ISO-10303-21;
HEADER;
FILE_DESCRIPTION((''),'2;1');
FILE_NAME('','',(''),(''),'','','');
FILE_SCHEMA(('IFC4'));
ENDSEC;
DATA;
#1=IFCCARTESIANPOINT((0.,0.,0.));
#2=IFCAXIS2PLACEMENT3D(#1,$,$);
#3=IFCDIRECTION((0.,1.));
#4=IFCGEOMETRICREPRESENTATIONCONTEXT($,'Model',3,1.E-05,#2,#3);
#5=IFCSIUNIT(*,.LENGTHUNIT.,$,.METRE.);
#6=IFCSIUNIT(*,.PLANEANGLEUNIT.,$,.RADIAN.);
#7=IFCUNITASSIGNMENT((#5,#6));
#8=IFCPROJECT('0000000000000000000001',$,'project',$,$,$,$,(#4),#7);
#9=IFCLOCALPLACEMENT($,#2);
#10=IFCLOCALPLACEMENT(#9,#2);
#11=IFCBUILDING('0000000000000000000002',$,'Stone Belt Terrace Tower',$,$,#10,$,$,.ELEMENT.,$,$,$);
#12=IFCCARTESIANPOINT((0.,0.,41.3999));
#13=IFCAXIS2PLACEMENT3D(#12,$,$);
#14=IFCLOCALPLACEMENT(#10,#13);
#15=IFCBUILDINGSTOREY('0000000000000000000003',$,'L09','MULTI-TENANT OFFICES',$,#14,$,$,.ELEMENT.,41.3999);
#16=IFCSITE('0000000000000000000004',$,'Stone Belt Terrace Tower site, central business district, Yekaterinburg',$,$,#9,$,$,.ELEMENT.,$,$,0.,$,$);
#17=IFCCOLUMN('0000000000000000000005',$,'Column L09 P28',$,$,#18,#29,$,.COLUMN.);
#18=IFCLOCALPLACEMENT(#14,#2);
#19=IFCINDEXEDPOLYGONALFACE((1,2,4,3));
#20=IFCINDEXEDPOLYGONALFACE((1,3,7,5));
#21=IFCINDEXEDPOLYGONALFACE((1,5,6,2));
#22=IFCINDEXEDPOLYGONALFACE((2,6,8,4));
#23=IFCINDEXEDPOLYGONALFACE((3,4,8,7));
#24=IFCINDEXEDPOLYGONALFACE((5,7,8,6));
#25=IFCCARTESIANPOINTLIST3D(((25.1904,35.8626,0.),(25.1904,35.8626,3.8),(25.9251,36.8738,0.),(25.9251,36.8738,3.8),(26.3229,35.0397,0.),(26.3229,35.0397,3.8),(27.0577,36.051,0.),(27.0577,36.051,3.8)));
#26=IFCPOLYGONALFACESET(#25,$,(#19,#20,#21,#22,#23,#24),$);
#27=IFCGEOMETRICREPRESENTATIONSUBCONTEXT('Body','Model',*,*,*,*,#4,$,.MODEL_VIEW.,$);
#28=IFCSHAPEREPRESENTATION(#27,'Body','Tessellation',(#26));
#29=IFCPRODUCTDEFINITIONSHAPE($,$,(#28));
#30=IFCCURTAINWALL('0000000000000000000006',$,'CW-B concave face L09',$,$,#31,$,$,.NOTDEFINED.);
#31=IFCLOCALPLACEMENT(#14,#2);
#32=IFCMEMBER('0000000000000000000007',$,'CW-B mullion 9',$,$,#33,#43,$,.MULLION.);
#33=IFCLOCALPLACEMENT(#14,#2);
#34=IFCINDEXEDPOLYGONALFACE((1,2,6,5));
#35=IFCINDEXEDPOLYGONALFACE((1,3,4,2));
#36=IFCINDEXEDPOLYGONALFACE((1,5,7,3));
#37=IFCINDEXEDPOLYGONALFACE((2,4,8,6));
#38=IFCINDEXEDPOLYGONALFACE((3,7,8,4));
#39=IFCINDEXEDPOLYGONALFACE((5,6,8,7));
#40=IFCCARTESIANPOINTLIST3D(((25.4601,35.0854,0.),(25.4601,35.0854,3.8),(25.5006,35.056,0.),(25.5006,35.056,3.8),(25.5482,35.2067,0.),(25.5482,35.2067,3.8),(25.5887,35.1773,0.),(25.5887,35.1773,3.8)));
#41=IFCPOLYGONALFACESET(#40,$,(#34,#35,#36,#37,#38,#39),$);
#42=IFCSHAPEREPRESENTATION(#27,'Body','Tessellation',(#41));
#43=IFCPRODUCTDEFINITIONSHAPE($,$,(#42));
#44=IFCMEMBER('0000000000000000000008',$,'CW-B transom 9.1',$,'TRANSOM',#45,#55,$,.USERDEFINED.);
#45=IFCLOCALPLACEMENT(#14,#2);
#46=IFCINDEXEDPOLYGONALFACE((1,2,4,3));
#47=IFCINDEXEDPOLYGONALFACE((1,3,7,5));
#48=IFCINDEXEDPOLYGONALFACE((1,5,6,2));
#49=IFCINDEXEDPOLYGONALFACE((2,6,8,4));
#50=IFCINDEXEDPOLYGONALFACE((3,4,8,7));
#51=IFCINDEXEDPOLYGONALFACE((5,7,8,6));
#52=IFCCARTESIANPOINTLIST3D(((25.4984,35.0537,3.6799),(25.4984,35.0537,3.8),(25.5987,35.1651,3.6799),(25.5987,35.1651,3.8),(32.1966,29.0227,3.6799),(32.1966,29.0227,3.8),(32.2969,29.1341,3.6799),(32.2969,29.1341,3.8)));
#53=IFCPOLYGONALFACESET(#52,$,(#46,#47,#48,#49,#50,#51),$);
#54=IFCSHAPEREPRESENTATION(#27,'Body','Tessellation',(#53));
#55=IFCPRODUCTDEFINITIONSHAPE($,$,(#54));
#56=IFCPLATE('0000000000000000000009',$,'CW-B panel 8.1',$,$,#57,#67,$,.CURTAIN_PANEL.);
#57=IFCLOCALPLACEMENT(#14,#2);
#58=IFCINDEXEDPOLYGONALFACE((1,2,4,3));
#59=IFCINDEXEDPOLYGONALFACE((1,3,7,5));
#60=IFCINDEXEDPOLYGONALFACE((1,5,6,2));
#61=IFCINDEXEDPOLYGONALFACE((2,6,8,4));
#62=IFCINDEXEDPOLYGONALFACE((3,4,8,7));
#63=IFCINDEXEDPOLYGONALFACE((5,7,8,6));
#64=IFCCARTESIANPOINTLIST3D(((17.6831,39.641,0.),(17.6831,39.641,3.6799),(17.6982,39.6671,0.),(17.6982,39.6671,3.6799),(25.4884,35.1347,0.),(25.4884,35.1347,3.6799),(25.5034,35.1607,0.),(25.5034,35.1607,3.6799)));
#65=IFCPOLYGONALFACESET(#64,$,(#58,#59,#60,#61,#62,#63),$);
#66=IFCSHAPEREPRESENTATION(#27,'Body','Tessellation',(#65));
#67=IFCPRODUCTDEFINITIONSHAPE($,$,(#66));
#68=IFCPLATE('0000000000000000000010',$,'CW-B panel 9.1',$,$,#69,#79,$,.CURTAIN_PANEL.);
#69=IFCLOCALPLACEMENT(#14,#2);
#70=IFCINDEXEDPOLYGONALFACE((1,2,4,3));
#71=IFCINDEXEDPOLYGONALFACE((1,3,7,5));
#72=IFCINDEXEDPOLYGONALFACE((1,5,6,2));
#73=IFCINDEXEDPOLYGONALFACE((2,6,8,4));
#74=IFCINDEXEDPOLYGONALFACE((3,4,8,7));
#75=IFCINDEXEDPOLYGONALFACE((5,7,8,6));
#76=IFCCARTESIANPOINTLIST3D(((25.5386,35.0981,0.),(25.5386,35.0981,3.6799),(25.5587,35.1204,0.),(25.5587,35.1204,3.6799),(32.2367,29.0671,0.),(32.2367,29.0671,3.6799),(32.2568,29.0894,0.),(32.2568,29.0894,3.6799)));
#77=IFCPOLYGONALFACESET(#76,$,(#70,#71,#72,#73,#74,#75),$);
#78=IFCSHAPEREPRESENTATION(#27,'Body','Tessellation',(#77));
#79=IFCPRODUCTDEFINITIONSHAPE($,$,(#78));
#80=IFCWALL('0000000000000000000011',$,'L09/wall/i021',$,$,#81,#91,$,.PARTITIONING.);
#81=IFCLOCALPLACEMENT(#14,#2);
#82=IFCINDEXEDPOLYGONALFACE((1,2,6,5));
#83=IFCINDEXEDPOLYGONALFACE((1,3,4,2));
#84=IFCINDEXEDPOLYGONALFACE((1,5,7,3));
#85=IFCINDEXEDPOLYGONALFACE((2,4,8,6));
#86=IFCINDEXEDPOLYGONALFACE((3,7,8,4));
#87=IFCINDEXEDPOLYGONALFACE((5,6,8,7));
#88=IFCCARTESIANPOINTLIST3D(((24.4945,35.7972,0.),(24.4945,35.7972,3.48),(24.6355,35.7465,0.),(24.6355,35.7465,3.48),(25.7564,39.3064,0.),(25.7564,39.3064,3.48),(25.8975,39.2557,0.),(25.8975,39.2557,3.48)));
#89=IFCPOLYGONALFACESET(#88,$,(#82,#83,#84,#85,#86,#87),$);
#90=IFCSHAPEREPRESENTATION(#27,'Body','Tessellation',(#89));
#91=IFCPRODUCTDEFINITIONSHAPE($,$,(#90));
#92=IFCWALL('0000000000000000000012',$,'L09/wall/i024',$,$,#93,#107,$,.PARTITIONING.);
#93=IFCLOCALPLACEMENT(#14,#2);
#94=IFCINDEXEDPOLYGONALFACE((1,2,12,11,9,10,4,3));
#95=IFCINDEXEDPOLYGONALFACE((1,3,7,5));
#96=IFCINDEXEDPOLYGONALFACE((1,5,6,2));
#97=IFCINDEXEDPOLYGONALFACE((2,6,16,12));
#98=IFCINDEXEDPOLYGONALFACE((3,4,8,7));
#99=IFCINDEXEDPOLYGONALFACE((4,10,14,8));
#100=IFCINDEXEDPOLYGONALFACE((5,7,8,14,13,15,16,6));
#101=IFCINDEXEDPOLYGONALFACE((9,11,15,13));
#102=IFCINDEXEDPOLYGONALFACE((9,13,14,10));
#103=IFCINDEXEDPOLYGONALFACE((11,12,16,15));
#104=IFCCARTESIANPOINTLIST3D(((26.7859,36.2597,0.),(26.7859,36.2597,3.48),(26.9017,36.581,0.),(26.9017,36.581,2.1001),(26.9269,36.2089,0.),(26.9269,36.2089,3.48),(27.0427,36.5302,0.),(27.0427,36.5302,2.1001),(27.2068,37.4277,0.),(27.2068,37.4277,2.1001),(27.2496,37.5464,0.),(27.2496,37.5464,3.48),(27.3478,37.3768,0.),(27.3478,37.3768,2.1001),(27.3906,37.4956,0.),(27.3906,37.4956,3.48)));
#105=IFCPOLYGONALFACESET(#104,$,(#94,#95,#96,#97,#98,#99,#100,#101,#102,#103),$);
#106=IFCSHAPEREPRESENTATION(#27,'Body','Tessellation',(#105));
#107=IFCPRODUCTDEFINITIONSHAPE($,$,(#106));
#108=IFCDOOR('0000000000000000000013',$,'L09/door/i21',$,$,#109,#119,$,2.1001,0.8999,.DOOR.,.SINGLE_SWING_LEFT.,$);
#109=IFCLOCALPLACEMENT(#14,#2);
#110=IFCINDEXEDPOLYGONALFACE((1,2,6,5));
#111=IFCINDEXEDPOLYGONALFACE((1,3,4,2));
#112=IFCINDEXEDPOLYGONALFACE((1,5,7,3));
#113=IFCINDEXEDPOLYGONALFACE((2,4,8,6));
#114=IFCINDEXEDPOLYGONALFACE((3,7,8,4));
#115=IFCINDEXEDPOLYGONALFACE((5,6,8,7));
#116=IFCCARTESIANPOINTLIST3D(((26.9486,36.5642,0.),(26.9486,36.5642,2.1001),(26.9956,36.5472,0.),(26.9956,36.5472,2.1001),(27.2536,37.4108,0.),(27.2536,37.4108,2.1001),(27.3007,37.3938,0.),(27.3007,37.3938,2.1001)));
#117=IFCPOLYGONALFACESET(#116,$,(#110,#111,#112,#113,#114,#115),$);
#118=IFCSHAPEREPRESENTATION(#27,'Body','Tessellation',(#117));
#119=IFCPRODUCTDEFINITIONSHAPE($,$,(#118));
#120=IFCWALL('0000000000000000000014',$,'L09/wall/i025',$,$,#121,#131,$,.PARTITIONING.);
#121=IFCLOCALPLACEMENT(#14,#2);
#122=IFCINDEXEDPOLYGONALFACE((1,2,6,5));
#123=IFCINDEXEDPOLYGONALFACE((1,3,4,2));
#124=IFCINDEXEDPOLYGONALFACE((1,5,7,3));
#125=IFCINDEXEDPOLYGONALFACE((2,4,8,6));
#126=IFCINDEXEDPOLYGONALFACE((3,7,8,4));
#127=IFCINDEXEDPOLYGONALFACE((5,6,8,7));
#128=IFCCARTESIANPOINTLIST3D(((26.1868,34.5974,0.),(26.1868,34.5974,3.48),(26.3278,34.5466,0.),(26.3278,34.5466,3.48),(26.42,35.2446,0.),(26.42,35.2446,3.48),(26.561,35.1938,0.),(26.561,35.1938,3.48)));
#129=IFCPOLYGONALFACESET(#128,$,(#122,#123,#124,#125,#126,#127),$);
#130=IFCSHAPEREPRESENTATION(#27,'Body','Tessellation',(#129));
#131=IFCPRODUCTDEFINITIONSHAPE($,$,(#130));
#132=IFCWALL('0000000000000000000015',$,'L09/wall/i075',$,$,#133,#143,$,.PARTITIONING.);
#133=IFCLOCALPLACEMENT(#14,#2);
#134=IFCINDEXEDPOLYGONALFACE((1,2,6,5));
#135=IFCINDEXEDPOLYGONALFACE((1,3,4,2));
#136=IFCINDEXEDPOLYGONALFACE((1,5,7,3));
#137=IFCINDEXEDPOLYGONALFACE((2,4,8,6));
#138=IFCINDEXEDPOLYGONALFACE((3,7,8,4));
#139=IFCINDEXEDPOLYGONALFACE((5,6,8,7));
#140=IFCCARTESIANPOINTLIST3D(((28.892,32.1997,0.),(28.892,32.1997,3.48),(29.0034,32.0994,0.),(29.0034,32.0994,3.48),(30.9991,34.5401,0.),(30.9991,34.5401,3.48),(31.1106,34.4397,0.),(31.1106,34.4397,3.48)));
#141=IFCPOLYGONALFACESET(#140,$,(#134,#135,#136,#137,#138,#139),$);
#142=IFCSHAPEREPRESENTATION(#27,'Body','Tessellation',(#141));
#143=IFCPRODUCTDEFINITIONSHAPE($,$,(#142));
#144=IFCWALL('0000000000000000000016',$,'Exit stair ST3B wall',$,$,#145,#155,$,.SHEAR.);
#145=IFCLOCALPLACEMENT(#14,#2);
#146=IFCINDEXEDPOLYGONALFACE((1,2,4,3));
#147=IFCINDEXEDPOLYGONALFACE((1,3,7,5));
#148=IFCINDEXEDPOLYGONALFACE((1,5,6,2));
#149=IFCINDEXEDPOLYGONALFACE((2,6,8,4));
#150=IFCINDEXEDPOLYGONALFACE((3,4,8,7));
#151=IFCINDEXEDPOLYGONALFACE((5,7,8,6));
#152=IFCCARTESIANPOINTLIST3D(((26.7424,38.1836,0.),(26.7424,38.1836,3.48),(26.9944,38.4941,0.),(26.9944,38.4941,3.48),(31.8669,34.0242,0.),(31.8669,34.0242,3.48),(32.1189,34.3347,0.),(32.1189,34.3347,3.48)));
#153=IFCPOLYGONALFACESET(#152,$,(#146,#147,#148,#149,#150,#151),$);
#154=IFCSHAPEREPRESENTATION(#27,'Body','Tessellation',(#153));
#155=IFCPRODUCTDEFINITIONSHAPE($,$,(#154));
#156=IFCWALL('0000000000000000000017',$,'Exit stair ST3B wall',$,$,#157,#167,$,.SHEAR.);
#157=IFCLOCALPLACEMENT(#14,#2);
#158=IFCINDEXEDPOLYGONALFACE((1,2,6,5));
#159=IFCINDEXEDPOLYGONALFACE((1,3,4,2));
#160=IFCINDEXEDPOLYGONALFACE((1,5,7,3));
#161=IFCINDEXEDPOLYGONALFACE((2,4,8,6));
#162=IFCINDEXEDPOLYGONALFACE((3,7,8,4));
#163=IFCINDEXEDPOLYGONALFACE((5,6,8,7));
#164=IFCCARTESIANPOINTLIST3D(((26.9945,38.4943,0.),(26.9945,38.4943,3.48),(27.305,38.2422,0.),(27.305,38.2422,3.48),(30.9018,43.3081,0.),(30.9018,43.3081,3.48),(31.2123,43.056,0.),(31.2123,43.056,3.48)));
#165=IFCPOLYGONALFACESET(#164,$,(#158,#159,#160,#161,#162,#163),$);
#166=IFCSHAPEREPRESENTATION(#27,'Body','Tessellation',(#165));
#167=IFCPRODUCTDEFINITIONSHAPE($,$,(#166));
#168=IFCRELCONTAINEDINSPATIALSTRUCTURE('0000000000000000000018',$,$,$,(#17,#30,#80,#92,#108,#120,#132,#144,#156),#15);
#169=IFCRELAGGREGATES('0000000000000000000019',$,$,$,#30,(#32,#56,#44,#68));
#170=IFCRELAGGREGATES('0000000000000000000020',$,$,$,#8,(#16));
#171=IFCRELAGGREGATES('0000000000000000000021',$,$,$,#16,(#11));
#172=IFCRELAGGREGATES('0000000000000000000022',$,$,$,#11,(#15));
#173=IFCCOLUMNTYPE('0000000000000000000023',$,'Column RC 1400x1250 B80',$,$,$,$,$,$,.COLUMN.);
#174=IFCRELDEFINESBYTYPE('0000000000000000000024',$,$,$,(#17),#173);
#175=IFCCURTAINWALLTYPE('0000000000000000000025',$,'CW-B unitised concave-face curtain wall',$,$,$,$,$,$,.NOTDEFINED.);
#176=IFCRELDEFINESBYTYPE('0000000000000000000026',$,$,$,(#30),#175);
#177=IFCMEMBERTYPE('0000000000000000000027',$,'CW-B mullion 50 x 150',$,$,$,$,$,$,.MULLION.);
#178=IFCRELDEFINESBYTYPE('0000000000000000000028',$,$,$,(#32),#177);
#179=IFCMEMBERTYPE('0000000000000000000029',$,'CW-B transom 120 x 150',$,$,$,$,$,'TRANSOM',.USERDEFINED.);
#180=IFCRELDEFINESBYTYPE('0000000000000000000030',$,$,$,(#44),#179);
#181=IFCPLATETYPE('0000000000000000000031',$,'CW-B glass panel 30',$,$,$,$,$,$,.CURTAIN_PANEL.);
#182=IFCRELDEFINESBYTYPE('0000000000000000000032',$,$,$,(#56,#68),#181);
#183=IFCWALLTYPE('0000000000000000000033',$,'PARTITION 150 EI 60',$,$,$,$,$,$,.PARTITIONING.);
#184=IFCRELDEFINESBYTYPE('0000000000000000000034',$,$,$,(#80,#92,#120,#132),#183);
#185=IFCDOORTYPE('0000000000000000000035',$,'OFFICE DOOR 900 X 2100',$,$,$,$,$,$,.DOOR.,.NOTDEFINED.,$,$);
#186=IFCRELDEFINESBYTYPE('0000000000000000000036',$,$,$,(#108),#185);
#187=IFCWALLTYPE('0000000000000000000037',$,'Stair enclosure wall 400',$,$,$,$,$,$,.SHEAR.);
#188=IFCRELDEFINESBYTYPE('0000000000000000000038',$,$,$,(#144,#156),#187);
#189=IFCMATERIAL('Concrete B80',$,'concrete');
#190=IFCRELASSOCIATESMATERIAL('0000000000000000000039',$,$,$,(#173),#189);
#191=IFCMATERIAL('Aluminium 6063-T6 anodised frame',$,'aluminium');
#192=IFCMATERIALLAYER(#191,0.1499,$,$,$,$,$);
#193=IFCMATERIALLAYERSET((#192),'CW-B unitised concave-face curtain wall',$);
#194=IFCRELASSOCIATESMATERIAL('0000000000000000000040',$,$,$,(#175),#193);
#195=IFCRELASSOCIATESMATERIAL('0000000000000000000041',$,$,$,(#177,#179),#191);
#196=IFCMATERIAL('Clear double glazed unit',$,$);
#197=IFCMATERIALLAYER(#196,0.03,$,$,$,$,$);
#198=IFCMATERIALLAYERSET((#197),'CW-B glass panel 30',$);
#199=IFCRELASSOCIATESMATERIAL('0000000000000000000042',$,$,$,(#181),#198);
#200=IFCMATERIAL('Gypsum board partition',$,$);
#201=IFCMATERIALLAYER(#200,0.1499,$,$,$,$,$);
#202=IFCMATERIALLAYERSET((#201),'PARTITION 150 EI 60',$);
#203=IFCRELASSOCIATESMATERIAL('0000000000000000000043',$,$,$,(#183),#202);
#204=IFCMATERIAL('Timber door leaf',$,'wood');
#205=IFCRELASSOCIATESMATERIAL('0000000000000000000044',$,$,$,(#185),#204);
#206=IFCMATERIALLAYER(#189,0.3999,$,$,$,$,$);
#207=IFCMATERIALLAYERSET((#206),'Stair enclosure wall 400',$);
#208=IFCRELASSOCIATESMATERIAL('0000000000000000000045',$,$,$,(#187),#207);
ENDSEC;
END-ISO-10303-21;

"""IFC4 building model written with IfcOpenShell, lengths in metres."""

from ifc_helpers import new_model, si_unit, direction, frame, frame_2d, origin, origin_2d, place, context, subcontext, project, spatial, rectangle, extrude, material, layer, layer_set, material_profile, profile_set, type_object, element, fill, aggregate, save


model = new_model("IFC4")

# Units and contexts
model_context = context("Model", 3, precision=1e-05, world=origin(), true_north=direction((0.0, 1.0)))
body_context = subcontext(model_context, "Body", "Model", "MODEL_VIEW")
ifc_project = project(units=[si_unit("LENGTHUNIT", "METRE"), si_unit("PLANEANGLEUNIT", "RADIAN")], contexts=[model_context])

# Site, building, storey
site_placement = place(None, origin())
site = spatial("IfcSite", under=ifc_project, at=site_placement, Name="Stone Belt Terrace Tower site, central business district, Yekaterinburg", CompositionType="ELEMENT", RefElevation=0.0)
building_placement = place(site_placement, origin())
building = spatial("IfcBuilding", under=site, at=building_placement, Name="Stone Belt Terrace Tower", CompositionType="ELEMENT")
storey_placement = place(building_placement, frame((0.0, 0.0, 41.3999)))
storey = spatial("IfcBuildingStorey", under=building, at=storey_placement, Name="L09", Description="MULTI-TENANT OFFICES", CompositionType="ELEMENT", Elevation=41.3999)

# Column
ifc_material_1 = material(Name="Concrete B80", Category="concrete")
ifc_material_profile_1 = material_profile(ifc_material_1, rectangle(XDim=1.3999, YDim=1.25, at=origin_2d()), Name="RC 1400x1250")
ifc_profile_set_1 = profile_set([ifc_material_profile_1], Name="Concrete B80")
column_type = type_object("IfcColumnType", Name="Column RC 1400x1250 B80", PredefinedType="COLUMN", material=ifc_profile_set_1)
column_placement = place(storey_placement, frame((26.124, 35.9568, 0.0), z_axis=(0.0, 0.0, 1.0), x_axis=(0.809017, -0.587785, 0.0)))
element("IfcColumn", 1, at=column_placement, inside=storey, type_object=column_type, Name="Column L09 P28", PredefinedType="COLUMN", context=body_context, shape_type="SweptSolid", body=[
    extrude(rectangle(XDim=1.3999, YDim=1.25, at=origin_2d()), origin(), (0.0, 0.0, 1.0), 3.8),
])

# Curtain wall, members, plates
ifc_material_2 = material(Name="Aluminium 6063-T6 anodised frame", Category="aluminium")
ifc_layer_1 = layer(ifc_material_2, 0.1499)
ifc_layer_set_1 = layer_set([ifc_layer_1], Name="CW-B unitised concave-face curtain wall")
curtain_wall_type = type_object("IfcCurtainWallType", Name="CW-B unitised concave-face curtain wall", PredefinedType="NOTDEFINED", material=ifc_layer_set_1)
curtain_wall_placement = place(storey_placement, origin())
curtain_wall = element("IfcCurtainWall", 2, at=curtain_wall_placement, inside=storey, type_object=curtain_wall_type, Name="CW-B concave face L09", PredefinedType="NOTDEFINED")
ifc_material_profile_2 = material_profile(ifc_material_2, rectangle(XDim=0.1499, YDim=0.05, at=origin_2d()), Name="Aluminium 6063-T6 50x150")
ifc_profile_set_2 = profile_set([ifc_material_profile_2], Name="Aluminium 6063-T6 anodised frame")
member_type_1 = type_object("IfcMemberType", Name="CW-B mullion 50 x 150", PredefinedType="MULLION", material=ifc_profile_set_2)
member_1_placement = place(storey_placement, frame((25.5244, 35.1313, 0.0), z_axis=(0.0, 0.0, 1.0), x_axis=(0.587785, 0.809017, 0.0)))
member_1 = element("IfcMember", 3, at=member_1_placement, type_object=member_type_1, Name="CW-B mullion 9", PredefinedType="MULLION", context=body_context, shape_type="SweptSolid", body=[
    extrude(rectangle(XDim=0.1499, YDim=0.05, at=origin_2d()), origin(), (0.0, 0.0, 1.0), 3.8),
])
ifc_material_profile_3 = material_profile(ifc_material_2, rectangle(XDim=0.1499, YDim=0.1201, at=origin_2d()), Name="Aluminium 6063-T6 150x120")
ifc_profile_set_3 = profile_set([ifc_material_profile_3], Name="Aluminium 6063-T6 anodised frame")
member_type_2 = type_object("IfcMemberType", Name="CW-B transom 120 x 150", ElementType="TRANSOM", PredefinedType="USERDEFINED", material=ifc_profile_set_3)
member_2_placement = place(storey_placement, frame((25.5486, 35.1094, 3.74), z_axis=(0.743151, -0.669123, 0.0), x_axis=(0.669123, 0.743151, 0.0)))
member_2 = element("IfcMember", 4, at=member_2_placement, type_object=member_type_2, Name="CW-B transom 9.1", ObjectType="TRANSOM", PredefinedType="USERDEFINED", context=body_context, shape_type="SweptSolid", body=[
    extrude(rectangle(XDim=0.1499, YDim=0.1201, at=origin_2d()), origin(), (0.0, 0.0, 1.0), 9.0132),
])
ifc_material_3 = material(Name="Clear double glazed unit")
ifc_layer_2 = layer(ifc_material_3, 0.03)
ifc_layer_set_2 = layer_set([ifc_layer_2], Name="CW-B glass panel 30")
plate_type = type_object("IfcPlateType", Name="CW-B glass panel 30", PredefinedType="CURTAIN_PANEL", material=ifc_layer_set_2)
plate_1_placement = place(storey_placement, frame((21.5933, 37.4009, 0.0), z_axis=(0.0, 0.0, 1.0), x_axis=(0.866025, -0.5, 0.0)))
plate_1 = element("IfcPlate", 5, at=plate_1_placement, type_object=plate_type, Name="CW-B panel 8.1", PredefinedType="CURTAIN_PANEL", context=body_context, shape_type="SweptSolid", body=[
    extrude(rectangle(XDim=9.0127, YDim=0.03, at=origin_2d()), origin(), (0.0, 0.0, 1.0), 3.6799),
])
plate_2_placement = place(storey_placement, frame((28.8977, 32.0938, 0.0), z_axis=(0.0, 0.0, 1.0), x_axis=(0.743145, -0.669131, 0.0)))
plate_2 = element("IfcPlate", 6, at=plate_2_placement, type_object=plate_type, Name="CW-B panel 9.1", PredefinedType="CURTAIN_PANEL", context=body_context, shape_type="SweptSolid", body=[
    extrude(rectangle(XDim=9.0132, YDim=0.03, at=origin_2d()), origin(), (0.0, 0.0, 1.0), 3.6799),
])
aggregate(curtain_wall, [member_1, plate_1, member_2, plate_2])

# Wall
ifc_material_4 = material(Name="Gypsum board partition")
ifc_layer_3 = layer(ifc_material_4, 0.1499)
ifc_layer_set_3 = layer_set([ifc_layer_3], Name="PARTITION 150 EI 60")
wall_type_1 = type_object("IfcWallType", Name="PARTITION 150 EI 60", PredefinedType="PARTITIONING", material=ifc_layer_set_3)
wall_1_placement = place(storey_placement, frame((24.5649, 35.7717, 0.0), z_axis=(0.0, 0.0, 1.0), x_axis=(0.338393, 0.941005, 0.0)))
element("IfcWall", 7, at=wall_1_placement, inside=storey, type_object=wall_type_1, Name="L09/wall/i021", PredefinedType="PARTITIONING", context=body_context, shape_type="SweptSolid", body=[
    extrude(rectangle(XDim=3.7292, YDim=0.1499, at=frame_2d((1.8647, 0.0))), origin(), (0.0, 0.0, 1.0), 3.48),
])

# Wall, opening, door
wall_2_placement = place(storey_placement, frame((27.3201, 37.521, 0.0), z_axis=(0.0, 0.0, 1.0), x_axis=(-0.339004, -0.940785, 0.0)))
wall_2 = element("IfcWall", 8, at=wall_2_placement, inside=storey, type_object=wall_type_1, Name="L09/wall/i024", PredefinedType="PARTITIONING", context=body_context, shape_type="SweptSolid", body=[
    extrude(rectangle(XDim=1.3677, YDim=0.1499, at=frame_2d((0.6838, 0.0))), origin(), (0.0, 0.0, 1.0), 3.48),
])
opening_1_placement = place(wall_2_placement, frame((0.1262, 0.0, 0.0)))
opening_1 = element("IfcOpeningElement", 9, at=opening_1_placement, cuts=wall_2, PredefinedType="OPENING", context=body_context, shape_type="SweptSolid", body=[
    extrude(rectangle(XDim=0.8999, YDim=2.1001, at=frame_2d((0.45, 1.05))), frame((0.0, 0.085, 0.0), z_axis=(0.0, -1.0, 0.0), x_axis=(1.0, 0.0, 0.0)), (0.0, 0.0, 1.0), 0.1699),
])
ifc_material_5 = material(Name="Timber door leaf", Category="wood")
door_type_1 = type_object("IfcDoorType", Name="OFFICE DOOR 900 X 2100", OperationType="NOTDEFINED", PredefinedType="DOOR", material=ifc_material_5)
door_1_placement = place(opening_1_placement, origin())
door_1 = element("IfcDoor", 10, at=door_1_placement, inside=storey, type_object=door_type_1, Name="L09/door/i21", OperationType="SINGLE_SWING_LEFT", OverallHeight=2.1001, OverallWidth=0.8999, PredefinedType="DOOR", context=body_context, shape_type="SweptSolid", body=[
    extrude(rectangle(XDim=0.8999, YDim=2.1001, at=frame_2d((0.45, 1.05))), frame((0.0, 0.0249, 0.0), z_axis=(0.0, -1.0, 0.0), x_axis=(1.0, 0.0, 0.0)), (0.0, 0.0, 1.0), 0.05),
])
fill(opening_1, door_1)

# Walls
wall_3_placement = place(storey_placement, frame((26.4905, 35.2192, 0.0), z_axis=(0.0, 0.0, 1.0), x_axis=(-0.338921, -0.940815, 0.0)))
element("IfcWall", 11, at=wall_3_placement, inside=storey, type_object=wall_type_1, Name="L09/wall/i025", PredefinedType="PARTITIONING", context=body_context, shape_type="SweptSolid", body=[
    extrude(rectangle(XDim=0.688, YDim=0.1499, at=frame_2d((0.344, 0.0))), origin(), (0.0, 0.0, 1.0), 3.48),
])
wall_4_placement = place(storey_placement, frame((31.0549, 34.49, 0.0), z_axis=(0.0, 0.0, 1.0), x_axis=(-0.669119, -0.743155, 0.0)))
element("IfcWall", 12, at=wall_4_placement, inside=storey, type_object=wall_type_1, Name="L09/wall/i075", PredefinedType="PARTITIONING", context=body_context, shape_type="SweptSolid", body=[
    extrude(rectangle(XDim=3.1492, YDim=0.1499, at=frame_2d((1.5747, 0.0))), origin(), (0.0, 0.0, 1.0), 3.48),
])
ifc_layer_4 = layer(ifc_material_1, 0.3999)
ifc_layer_set_4 = layer_set([ifc_layer_4], Name="Stair enclosure wall 400")
wall_type_2 = type_object("IfcWallType", Name="Stair enclosure wall 400", PredefinedType="SHEAR", material=ifc_layer_set_4)
wall_5_placement = place(storey_placement, frame((26.8684, 38.3389, 0.0), z_axis=(0.0, 0.0, 1.0), x_axis=(0.776428, -0.630205, 0.0)))
element("IfcWall", 13, at=wall_5_placement, inside=storey, type_object=wall_type_2, Name="Exit stair ST3B wall", PredefinedType="SHEAR", context=body_context, shape_type="SweptSolid", body=[
    extrude(rectangle(XDim=6.6001, YDim=0.3999, at=frame_2d((3.3, 0.0))), origin(), (0.0, 0.0, 1.0), 3.48),
])
wall_6_placement = place(storey_placement, frame((27.1497, 38.3682, 0.0), z_axis=(0.0, 0.0, 1.0), x_axis=(0.630212, 0.776423, 0.0)))
element("IfcWall", 14, at=wall_6_placement, inside=storey, type_object=wall_type_2, Name="Exit stair ST3B wall", PredefinedType="SHEAR", context=body_context, shape_type="SweptSolid", body=[
    extrude(rectangle(XDim=6.2, YDim=0.3999, at=frame_2d((3.1001, 0.0))), origin(), (0.0, 0.0, 1.0), 3.48),
])

save(model, "model.ifc")
